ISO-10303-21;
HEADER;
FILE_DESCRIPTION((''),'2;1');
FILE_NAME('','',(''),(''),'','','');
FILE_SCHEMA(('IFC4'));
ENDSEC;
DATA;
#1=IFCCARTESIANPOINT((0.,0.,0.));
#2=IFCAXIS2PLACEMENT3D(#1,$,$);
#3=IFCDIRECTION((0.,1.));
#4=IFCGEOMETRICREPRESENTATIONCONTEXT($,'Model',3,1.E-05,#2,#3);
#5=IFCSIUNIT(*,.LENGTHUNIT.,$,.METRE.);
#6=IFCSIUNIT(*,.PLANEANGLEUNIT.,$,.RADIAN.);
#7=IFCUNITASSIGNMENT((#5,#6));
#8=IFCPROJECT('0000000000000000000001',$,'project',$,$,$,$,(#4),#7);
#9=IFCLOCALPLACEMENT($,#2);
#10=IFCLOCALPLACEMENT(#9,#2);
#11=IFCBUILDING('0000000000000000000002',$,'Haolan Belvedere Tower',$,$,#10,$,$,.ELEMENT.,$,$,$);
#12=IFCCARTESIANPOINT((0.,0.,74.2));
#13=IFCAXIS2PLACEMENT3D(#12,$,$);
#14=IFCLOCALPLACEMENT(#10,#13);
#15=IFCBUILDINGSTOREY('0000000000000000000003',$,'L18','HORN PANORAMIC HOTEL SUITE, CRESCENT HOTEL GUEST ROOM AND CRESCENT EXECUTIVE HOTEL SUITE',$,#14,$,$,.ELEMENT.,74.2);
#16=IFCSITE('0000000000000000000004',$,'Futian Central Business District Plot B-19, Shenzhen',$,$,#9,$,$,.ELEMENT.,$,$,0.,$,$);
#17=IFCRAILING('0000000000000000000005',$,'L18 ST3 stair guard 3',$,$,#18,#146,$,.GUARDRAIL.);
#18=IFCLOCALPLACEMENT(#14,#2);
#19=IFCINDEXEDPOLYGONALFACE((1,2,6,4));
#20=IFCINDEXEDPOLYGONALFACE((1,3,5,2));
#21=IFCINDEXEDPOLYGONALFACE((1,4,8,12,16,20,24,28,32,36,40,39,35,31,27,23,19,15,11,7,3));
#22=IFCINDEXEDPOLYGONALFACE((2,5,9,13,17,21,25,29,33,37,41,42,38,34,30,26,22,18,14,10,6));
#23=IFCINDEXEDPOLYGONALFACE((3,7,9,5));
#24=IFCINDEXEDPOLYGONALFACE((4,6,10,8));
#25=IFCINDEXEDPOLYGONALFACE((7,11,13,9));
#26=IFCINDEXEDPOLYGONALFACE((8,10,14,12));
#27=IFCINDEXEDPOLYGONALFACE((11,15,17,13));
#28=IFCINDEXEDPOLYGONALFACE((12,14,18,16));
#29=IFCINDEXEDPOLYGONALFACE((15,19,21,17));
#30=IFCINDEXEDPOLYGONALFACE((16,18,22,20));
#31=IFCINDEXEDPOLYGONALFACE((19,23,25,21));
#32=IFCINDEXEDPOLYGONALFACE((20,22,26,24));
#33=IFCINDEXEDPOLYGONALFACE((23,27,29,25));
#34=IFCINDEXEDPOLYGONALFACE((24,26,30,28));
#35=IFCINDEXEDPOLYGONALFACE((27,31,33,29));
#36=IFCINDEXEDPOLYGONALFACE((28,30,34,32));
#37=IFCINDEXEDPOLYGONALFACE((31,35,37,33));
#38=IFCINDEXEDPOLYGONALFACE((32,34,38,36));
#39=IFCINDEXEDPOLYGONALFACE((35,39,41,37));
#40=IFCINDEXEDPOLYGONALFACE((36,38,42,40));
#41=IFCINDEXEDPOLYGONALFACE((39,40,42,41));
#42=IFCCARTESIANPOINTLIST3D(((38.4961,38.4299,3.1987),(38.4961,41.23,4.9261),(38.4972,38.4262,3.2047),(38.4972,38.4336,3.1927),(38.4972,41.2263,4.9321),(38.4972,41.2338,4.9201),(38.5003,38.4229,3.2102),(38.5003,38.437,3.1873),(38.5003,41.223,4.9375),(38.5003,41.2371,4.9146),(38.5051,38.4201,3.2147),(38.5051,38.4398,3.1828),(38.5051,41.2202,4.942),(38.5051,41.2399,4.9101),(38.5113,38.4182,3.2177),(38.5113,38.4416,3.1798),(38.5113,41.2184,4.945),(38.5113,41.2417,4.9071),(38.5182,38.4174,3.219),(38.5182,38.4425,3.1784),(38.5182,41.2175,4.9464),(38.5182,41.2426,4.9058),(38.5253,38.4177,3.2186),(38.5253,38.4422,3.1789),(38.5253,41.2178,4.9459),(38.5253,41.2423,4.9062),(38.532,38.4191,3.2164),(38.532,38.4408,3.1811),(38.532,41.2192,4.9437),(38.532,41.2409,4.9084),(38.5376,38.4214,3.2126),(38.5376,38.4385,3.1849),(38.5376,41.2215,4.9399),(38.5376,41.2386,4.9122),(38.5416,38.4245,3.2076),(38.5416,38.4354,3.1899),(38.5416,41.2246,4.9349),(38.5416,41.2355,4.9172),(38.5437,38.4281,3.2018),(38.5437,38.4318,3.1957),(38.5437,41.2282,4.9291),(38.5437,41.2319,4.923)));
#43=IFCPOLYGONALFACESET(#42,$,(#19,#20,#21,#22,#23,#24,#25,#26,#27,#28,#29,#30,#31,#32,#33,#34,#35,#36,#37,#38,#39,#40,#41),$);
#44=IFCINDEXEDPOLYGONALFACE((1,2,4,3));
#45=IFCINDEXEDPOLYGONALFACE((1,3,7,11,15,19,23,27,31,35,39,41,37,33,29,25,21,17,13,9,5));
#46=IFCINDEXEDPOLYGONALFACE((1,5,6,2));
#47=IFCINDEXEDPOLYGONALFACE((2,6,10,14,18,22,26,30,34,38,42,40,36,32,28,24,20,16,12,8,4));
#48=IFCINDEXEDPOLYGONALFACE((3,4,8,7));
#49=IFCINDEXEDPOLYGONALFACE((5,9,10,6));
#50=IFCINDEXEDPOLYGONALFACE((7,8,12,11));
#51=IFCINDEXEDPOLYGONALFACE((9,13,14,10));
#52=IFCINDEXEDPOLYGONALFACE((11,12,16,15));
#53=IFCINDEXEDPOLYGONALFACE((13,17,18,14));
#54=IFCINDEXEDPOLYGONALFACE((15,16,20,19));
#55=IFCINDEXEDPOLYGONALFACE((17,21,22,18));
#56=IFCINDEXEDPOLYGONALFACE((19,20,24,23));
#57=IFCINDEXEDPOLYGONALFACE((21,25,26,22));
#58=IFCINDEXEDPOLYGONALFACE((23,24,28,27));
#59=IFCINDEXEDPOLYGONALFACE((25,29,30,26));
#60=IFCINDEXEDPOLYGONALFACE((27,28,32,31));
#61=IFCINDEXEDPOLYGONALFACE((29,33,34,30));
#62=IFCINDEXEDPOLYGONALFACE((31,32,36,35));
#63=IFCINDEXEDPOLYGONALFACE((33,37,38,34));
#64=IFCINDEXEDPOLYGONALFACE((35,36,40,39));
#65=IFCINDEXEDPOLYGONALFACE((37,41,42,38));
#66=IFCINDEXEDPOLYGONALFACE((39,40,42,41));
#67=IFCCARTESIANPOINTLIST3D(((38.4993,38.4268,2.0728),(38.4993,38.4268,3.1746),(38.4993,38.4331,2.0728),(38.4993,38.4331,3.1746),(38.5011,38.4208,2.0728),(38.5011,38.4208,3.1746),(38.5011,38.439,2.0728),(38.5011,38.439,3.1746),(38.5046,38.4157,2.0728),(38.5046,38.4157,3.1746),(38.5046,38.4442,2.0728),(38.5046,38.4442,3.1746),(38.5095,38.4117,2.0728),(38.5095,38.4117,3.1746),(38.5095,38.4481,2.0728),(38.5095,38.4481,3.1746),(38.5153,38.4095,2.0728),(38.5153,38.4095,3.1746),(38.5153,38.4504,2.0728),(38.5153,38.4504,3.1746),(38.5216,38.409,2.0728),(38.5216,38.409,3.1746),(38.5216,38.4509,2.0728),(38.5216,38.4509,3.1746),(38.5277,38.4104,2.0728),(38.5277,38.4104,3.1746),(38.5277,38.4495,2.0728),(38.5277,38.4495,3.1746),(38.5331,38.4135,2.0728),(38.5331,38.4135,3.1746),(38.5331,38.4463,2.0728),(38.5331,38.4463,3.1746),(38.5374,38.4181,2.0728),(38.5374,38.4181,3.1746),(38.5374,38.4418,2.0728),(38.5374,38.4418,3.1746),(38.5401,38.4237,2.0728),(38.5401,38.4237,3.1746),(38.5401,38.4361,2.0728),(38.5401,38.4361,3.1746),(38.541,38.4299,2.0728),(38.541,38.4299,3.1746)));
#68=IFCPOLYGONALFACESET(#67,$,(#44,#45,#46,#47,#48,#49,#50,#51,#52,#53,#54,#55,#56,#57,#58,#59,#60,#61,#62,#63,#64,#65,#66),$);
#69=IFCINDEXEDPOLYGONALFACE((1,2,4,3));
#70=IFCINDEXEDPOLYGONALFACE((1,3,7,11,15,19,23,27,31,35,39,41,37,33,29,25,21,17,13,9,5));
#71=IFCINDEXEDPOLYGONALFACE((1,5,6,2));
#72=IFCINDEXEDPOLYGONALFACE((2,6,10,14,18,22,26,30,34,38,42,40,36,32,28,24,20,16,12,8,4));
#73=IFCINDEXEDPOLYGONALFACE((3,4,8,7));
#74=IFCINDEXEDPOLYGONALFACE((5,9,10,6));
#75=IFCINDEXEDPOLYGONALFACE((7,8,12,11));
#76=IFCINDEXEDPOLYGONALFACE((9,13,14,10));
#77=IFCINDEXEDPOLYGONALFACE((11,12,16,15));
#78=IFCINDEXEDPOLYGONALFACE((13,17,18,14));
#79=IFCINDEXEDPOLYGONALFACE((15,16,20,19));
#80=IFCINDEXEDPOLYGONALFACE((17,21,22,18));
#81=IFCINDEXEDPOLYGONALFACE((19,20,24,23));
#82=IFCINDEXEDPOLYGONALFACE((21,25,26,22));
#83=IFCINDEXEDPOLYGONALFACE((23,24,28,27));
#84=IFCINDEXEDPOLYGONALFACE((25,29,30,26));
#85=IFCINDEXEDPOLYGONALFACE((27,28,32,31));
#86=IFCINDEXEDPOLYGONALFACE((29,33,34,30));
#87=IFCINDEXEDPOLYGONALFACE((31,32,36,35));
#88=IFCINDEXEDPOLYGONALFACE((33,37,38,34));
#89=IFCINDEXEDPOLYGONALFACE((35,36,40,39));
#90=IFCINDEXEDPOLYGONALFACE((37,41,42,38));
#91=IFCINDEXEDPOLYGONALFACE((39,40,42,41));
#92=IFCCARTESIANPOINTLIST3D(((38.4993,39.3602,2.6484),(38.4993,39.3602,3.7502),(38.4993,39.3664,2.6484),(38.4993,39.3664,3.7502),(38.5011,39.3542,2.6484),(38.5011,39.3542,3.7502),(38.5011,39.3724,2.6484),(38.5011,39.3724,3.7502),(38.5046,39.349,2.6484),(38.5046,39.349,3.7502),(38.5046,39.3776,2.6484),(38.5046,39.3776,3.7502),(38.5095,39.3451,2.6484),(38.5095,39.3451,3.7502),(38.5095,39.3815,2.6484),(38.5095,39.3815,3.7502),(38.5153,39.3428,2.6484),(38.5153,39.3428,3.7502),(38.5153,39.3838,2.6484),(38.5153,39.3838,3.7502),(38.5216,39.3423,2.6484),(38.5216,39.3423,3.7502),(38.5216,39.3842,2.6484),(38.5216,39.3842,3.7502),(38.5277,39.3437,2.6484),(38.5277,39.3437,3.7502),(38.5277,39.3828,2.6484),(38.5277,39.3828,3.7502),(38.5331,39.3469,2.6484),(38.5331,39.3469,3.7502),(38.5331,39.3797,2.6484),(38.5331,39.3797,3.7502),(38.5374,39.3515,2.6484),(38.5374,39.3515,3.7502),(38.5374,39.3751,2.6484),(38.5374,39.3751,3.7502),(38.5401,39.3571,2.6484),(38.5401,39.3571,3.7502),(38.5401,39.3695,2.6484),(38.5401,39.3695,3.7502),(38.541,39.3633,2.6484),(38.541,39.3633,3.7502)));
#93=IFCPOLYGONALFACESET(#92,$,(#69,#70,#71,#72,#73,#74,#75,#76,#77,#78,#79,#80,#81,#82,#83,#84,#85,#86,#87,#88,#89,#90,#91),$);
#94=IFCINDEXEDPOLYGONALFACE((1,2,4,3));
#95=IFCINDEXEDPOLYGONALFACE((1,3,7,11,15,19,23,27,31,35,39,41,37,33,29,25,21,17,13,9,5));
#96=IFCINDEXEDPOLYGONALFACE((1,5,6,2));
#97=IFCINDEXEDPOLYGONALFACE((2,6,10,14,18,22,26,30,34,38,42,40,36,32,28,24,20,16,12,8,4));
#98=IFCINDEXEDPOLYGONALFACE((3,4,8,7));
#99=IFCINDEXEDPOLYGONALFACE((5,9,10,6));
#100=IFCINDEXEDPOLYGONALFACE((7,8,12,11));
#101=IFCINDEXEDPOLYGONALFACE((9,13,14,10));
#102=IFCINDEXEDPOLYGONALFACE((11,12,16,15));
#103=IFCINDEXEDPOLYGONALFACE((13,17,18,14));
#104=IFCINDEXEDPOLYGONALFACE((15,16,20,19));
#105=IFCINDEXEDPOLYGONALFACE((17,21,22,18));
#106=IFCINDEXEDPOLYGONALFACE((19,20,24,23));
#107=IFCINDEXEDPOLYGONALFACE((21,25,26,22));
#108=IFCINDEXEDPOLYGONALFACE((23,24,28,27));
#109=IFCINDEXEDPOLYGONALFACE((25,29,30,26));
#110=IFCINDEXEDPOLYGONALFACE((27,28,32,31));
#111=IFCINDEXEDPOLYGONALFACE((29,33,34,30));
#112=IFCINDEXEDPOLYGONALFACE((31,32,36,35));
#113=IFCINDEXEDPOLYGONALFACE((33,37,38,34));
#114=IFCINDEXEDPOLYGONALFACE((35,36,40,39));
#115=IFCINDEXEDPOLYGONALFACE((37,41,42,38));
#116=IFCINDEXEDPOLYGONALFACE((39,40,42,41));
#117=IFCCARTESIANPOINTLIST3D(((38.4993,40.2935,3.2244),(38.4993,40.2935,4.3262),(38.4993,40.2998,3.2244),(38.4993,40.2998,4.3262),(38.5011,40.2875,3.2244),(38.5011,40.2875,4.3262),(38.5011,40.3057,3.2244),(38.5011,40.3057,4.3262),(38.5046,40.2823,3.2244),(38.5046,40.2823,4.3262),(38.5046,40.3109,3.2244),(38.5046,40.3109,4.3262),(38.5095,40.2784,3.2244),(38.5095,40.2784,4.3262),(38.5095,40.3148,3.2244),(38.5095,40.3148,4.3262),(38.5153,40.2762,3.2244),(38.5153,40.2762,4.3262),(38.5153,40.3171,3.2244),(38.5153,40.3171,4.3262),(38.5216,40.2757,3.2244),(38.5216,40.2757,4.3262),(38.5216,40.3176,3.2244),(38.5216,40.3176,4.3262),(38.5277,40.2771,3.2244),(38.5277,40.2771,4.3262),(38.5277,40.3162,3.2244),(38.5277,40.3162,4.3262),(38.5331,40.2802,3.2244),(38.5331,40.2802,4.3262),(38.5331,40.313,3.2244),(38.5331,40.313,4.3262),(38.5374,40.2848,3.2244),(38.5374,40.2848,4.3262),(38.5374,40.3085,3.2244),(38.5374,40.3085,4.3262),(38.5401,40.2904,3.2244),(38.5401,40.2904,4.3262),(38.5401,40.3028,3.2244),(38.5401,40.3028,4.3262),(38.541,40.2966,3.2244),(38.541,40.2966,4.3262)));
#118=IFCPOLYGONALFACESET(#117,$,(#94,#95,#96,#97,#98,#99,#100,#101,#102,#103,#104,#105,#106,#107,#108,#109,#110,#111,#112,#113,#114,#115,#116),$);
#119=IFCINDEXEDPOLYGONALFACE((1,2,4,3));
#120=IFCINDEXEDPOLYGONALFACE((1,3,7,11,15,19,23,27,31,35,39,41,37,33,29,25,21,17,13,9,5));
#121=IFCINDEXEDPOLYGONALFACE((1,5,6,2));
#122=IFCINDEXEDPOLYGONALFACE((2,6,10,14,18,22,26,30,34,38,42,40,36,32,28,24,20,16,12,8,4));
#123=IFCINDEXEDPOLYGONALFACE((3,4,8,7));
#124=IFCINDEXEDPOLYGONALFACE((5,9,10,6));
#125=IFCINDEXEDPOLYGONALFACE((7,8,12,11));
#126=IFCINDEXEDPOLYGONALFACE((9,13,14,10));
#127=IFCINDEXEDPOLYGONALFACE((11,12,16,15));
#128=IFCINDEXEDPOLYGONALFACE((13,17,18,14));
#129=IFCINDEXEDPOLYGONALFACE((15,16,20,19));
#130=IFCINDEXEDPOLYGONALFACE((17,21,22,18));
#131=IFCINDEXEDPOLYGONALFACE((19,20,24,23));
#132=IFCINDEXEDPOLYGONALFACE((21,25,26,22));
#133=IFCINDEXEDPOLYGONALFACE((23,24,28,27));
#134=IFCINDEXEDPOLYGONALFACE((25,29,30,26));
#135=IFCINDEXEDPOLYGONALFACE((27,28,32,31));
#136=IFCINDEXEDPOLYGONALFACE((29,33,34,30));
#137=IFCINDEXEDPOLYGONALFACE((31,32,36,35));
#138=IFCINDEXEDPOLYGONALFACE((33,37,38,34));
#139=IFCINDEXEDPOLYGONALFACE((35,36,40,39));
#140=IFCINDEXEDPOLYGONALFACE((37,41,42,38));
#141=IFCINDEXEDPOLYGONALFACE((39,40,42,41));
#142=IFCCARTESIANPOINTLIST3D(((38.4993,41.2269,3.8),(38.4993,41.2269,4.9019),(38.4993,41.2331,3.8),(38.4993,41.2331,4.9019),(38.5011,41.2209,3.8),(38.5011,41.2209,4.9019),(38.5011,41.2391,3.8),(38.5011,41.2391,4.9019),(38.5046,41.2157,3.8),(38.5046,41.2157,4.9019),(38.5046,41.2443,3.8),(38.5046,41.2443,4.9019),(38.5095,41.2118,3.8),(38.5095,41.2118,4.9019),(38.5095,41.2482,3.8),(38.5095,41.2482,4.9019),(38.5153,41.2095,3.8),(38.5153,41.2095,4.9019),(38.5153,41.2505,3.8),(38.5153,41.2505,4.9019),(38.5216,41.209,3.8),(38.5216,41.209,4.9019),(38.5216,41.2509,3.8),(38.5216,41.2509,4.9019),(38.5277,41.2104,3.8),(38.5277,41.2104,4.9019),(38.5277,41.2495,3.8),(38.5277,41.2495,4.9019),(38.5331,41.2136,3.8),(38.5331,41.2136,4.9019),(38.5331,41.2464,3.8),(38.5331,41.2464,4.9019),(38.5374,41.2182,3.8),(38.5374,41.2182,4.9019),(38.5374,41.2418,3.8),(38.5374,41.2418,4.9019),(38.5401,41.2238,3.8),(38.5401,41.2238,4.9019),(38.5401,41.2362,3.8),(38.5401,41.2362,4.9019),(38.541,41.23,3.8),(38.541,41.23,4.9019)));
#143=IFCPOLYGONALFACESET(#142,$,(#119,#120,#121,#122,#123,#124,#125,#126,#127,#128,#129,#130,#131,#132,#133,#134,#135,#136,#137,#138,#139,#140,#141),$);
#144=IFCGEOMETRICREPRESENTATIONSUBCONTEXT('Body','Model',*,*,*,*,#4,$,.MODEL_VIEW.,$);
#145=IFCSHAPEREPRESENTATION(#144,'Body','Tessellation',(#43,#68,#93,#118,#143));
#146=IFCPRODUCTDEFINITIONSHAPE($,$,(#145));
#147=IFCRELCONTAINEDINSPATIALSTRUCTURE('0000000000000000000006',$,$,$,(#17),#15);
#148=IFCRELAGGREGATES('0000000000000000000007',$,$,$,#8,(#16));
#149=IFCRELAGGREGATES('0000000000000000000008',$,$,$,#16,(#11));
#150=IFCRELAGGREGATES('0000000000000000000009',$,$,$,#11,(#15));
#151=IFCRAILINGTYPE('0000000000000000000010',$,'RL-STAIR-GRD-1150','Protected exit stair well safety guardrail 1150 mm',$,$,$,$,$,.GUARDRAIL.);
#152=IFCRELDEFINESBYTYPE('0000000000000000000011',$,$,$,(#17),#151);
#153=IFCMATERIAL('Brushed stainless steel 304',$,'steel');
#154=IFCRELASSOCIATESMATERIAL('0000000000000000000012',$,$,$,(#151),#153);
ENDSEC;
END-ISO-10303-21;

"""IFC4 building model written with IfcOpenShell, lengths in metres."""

from ifc_helpers import new_model, si_unit, direction, frame, origin, origin_2d, place, context, subcontext, project, spatial, circle, extrude, material, type_object, element, save


model = new_model("IFC4")

# Units and contexts
model_context = context("Model", 3, precision=1e-05, world=origin(), true_north=direction((0.0, 1.0)))
body_context = subcontext(model_context, "Body", "Model", "MODEL_VIEW")
ifc_project = project(units=[si_unit("LENGTHUNIT", "METRE"), si_unit("PLANEANGLEUNIT", "RADIAN")], contexts=[model_context])

# Site, building, storey
site_placement = place(None, origin())
site = spatial("IfcSite", under=ifc_project, at=site_placement, Name="Futian Central Business District Plot B-19, Shenzhen", CompositionType="ELEMENT", RefElevation=0.0)
building_placement = place(site_placement, origin())
building = spatial("IfcBuilding", under=site, at=building_placement, Name="Haolan Belvedere Tower", CompositionType="ELEMENT")
storey_placement = place(building_placement, frame((0.0, 0.0, 74.2)))
storey = spatial("IfcBuildingStorey", under=building, at=storey_placement, Name="L18", Description="HORN PANORAMIC HOTEL SUITE, CRESCENT HOTEL GUEST ROOM AND CRESCENT EXECUTIVE HOTEL SUITE", CompositionType="ELEMENT", Elevation=74.2)

# Railing
ifc_material_1 = material(Name="Brushed stainless steel 304", Category="steel")
railing_type_1 = type_object("IfcRailingType", Name="RL-STAIR-GRD-1150", Description="Protected exit stair well safety guardrail 1150 mm", PredefinedType="GUARDRAIL", material=ifc_material_1)
railing_1_placement = place(storey_placement, frame((38.52, 38.4299, 2.0728)))
element("IfcRailing", 1, at=railing_1_placement, inside=storey, type_object=railing_type_1, Name="L18 ST3 stair guard 3", PredefinedType="GUARDRAIL", context=body_context, shape_type="SweptSolid", body=[
    extrude(circle(Radius=0.0239, at=origin_2d()), frame((0.0, 0.0, 1.126), z_axis=(0.0, 0.85109, 0.52502), x_axis=(-1.0, 0.0, 0.0)), (0.0, 0.0, 1.0), 3.29),
    extrude(circle(Radius=0.021, at=origin_2d()), origin(), (0.0, 0.0, 1.0), 1.1018),
    extrude(circle(Radius=0.021, at=origin_2d()), frame((0.0, 0.9333, 0.5757)), (0.0, 0.0, 1.0), 1.1018),
    extrude(circle(Radius=0.021, at=origin_2d()), frame((0.0, 1.8667, 1.1516)), (0.0, 0.0, 1.0), 1.1018),
    extrude(circle(Radius=0.021, at=origin_2d()), frame((0.0, 2.8, 1.7273)), (0.0, 0.0, 1.0), 1.1018),
])

save(model, "model.ifc")
